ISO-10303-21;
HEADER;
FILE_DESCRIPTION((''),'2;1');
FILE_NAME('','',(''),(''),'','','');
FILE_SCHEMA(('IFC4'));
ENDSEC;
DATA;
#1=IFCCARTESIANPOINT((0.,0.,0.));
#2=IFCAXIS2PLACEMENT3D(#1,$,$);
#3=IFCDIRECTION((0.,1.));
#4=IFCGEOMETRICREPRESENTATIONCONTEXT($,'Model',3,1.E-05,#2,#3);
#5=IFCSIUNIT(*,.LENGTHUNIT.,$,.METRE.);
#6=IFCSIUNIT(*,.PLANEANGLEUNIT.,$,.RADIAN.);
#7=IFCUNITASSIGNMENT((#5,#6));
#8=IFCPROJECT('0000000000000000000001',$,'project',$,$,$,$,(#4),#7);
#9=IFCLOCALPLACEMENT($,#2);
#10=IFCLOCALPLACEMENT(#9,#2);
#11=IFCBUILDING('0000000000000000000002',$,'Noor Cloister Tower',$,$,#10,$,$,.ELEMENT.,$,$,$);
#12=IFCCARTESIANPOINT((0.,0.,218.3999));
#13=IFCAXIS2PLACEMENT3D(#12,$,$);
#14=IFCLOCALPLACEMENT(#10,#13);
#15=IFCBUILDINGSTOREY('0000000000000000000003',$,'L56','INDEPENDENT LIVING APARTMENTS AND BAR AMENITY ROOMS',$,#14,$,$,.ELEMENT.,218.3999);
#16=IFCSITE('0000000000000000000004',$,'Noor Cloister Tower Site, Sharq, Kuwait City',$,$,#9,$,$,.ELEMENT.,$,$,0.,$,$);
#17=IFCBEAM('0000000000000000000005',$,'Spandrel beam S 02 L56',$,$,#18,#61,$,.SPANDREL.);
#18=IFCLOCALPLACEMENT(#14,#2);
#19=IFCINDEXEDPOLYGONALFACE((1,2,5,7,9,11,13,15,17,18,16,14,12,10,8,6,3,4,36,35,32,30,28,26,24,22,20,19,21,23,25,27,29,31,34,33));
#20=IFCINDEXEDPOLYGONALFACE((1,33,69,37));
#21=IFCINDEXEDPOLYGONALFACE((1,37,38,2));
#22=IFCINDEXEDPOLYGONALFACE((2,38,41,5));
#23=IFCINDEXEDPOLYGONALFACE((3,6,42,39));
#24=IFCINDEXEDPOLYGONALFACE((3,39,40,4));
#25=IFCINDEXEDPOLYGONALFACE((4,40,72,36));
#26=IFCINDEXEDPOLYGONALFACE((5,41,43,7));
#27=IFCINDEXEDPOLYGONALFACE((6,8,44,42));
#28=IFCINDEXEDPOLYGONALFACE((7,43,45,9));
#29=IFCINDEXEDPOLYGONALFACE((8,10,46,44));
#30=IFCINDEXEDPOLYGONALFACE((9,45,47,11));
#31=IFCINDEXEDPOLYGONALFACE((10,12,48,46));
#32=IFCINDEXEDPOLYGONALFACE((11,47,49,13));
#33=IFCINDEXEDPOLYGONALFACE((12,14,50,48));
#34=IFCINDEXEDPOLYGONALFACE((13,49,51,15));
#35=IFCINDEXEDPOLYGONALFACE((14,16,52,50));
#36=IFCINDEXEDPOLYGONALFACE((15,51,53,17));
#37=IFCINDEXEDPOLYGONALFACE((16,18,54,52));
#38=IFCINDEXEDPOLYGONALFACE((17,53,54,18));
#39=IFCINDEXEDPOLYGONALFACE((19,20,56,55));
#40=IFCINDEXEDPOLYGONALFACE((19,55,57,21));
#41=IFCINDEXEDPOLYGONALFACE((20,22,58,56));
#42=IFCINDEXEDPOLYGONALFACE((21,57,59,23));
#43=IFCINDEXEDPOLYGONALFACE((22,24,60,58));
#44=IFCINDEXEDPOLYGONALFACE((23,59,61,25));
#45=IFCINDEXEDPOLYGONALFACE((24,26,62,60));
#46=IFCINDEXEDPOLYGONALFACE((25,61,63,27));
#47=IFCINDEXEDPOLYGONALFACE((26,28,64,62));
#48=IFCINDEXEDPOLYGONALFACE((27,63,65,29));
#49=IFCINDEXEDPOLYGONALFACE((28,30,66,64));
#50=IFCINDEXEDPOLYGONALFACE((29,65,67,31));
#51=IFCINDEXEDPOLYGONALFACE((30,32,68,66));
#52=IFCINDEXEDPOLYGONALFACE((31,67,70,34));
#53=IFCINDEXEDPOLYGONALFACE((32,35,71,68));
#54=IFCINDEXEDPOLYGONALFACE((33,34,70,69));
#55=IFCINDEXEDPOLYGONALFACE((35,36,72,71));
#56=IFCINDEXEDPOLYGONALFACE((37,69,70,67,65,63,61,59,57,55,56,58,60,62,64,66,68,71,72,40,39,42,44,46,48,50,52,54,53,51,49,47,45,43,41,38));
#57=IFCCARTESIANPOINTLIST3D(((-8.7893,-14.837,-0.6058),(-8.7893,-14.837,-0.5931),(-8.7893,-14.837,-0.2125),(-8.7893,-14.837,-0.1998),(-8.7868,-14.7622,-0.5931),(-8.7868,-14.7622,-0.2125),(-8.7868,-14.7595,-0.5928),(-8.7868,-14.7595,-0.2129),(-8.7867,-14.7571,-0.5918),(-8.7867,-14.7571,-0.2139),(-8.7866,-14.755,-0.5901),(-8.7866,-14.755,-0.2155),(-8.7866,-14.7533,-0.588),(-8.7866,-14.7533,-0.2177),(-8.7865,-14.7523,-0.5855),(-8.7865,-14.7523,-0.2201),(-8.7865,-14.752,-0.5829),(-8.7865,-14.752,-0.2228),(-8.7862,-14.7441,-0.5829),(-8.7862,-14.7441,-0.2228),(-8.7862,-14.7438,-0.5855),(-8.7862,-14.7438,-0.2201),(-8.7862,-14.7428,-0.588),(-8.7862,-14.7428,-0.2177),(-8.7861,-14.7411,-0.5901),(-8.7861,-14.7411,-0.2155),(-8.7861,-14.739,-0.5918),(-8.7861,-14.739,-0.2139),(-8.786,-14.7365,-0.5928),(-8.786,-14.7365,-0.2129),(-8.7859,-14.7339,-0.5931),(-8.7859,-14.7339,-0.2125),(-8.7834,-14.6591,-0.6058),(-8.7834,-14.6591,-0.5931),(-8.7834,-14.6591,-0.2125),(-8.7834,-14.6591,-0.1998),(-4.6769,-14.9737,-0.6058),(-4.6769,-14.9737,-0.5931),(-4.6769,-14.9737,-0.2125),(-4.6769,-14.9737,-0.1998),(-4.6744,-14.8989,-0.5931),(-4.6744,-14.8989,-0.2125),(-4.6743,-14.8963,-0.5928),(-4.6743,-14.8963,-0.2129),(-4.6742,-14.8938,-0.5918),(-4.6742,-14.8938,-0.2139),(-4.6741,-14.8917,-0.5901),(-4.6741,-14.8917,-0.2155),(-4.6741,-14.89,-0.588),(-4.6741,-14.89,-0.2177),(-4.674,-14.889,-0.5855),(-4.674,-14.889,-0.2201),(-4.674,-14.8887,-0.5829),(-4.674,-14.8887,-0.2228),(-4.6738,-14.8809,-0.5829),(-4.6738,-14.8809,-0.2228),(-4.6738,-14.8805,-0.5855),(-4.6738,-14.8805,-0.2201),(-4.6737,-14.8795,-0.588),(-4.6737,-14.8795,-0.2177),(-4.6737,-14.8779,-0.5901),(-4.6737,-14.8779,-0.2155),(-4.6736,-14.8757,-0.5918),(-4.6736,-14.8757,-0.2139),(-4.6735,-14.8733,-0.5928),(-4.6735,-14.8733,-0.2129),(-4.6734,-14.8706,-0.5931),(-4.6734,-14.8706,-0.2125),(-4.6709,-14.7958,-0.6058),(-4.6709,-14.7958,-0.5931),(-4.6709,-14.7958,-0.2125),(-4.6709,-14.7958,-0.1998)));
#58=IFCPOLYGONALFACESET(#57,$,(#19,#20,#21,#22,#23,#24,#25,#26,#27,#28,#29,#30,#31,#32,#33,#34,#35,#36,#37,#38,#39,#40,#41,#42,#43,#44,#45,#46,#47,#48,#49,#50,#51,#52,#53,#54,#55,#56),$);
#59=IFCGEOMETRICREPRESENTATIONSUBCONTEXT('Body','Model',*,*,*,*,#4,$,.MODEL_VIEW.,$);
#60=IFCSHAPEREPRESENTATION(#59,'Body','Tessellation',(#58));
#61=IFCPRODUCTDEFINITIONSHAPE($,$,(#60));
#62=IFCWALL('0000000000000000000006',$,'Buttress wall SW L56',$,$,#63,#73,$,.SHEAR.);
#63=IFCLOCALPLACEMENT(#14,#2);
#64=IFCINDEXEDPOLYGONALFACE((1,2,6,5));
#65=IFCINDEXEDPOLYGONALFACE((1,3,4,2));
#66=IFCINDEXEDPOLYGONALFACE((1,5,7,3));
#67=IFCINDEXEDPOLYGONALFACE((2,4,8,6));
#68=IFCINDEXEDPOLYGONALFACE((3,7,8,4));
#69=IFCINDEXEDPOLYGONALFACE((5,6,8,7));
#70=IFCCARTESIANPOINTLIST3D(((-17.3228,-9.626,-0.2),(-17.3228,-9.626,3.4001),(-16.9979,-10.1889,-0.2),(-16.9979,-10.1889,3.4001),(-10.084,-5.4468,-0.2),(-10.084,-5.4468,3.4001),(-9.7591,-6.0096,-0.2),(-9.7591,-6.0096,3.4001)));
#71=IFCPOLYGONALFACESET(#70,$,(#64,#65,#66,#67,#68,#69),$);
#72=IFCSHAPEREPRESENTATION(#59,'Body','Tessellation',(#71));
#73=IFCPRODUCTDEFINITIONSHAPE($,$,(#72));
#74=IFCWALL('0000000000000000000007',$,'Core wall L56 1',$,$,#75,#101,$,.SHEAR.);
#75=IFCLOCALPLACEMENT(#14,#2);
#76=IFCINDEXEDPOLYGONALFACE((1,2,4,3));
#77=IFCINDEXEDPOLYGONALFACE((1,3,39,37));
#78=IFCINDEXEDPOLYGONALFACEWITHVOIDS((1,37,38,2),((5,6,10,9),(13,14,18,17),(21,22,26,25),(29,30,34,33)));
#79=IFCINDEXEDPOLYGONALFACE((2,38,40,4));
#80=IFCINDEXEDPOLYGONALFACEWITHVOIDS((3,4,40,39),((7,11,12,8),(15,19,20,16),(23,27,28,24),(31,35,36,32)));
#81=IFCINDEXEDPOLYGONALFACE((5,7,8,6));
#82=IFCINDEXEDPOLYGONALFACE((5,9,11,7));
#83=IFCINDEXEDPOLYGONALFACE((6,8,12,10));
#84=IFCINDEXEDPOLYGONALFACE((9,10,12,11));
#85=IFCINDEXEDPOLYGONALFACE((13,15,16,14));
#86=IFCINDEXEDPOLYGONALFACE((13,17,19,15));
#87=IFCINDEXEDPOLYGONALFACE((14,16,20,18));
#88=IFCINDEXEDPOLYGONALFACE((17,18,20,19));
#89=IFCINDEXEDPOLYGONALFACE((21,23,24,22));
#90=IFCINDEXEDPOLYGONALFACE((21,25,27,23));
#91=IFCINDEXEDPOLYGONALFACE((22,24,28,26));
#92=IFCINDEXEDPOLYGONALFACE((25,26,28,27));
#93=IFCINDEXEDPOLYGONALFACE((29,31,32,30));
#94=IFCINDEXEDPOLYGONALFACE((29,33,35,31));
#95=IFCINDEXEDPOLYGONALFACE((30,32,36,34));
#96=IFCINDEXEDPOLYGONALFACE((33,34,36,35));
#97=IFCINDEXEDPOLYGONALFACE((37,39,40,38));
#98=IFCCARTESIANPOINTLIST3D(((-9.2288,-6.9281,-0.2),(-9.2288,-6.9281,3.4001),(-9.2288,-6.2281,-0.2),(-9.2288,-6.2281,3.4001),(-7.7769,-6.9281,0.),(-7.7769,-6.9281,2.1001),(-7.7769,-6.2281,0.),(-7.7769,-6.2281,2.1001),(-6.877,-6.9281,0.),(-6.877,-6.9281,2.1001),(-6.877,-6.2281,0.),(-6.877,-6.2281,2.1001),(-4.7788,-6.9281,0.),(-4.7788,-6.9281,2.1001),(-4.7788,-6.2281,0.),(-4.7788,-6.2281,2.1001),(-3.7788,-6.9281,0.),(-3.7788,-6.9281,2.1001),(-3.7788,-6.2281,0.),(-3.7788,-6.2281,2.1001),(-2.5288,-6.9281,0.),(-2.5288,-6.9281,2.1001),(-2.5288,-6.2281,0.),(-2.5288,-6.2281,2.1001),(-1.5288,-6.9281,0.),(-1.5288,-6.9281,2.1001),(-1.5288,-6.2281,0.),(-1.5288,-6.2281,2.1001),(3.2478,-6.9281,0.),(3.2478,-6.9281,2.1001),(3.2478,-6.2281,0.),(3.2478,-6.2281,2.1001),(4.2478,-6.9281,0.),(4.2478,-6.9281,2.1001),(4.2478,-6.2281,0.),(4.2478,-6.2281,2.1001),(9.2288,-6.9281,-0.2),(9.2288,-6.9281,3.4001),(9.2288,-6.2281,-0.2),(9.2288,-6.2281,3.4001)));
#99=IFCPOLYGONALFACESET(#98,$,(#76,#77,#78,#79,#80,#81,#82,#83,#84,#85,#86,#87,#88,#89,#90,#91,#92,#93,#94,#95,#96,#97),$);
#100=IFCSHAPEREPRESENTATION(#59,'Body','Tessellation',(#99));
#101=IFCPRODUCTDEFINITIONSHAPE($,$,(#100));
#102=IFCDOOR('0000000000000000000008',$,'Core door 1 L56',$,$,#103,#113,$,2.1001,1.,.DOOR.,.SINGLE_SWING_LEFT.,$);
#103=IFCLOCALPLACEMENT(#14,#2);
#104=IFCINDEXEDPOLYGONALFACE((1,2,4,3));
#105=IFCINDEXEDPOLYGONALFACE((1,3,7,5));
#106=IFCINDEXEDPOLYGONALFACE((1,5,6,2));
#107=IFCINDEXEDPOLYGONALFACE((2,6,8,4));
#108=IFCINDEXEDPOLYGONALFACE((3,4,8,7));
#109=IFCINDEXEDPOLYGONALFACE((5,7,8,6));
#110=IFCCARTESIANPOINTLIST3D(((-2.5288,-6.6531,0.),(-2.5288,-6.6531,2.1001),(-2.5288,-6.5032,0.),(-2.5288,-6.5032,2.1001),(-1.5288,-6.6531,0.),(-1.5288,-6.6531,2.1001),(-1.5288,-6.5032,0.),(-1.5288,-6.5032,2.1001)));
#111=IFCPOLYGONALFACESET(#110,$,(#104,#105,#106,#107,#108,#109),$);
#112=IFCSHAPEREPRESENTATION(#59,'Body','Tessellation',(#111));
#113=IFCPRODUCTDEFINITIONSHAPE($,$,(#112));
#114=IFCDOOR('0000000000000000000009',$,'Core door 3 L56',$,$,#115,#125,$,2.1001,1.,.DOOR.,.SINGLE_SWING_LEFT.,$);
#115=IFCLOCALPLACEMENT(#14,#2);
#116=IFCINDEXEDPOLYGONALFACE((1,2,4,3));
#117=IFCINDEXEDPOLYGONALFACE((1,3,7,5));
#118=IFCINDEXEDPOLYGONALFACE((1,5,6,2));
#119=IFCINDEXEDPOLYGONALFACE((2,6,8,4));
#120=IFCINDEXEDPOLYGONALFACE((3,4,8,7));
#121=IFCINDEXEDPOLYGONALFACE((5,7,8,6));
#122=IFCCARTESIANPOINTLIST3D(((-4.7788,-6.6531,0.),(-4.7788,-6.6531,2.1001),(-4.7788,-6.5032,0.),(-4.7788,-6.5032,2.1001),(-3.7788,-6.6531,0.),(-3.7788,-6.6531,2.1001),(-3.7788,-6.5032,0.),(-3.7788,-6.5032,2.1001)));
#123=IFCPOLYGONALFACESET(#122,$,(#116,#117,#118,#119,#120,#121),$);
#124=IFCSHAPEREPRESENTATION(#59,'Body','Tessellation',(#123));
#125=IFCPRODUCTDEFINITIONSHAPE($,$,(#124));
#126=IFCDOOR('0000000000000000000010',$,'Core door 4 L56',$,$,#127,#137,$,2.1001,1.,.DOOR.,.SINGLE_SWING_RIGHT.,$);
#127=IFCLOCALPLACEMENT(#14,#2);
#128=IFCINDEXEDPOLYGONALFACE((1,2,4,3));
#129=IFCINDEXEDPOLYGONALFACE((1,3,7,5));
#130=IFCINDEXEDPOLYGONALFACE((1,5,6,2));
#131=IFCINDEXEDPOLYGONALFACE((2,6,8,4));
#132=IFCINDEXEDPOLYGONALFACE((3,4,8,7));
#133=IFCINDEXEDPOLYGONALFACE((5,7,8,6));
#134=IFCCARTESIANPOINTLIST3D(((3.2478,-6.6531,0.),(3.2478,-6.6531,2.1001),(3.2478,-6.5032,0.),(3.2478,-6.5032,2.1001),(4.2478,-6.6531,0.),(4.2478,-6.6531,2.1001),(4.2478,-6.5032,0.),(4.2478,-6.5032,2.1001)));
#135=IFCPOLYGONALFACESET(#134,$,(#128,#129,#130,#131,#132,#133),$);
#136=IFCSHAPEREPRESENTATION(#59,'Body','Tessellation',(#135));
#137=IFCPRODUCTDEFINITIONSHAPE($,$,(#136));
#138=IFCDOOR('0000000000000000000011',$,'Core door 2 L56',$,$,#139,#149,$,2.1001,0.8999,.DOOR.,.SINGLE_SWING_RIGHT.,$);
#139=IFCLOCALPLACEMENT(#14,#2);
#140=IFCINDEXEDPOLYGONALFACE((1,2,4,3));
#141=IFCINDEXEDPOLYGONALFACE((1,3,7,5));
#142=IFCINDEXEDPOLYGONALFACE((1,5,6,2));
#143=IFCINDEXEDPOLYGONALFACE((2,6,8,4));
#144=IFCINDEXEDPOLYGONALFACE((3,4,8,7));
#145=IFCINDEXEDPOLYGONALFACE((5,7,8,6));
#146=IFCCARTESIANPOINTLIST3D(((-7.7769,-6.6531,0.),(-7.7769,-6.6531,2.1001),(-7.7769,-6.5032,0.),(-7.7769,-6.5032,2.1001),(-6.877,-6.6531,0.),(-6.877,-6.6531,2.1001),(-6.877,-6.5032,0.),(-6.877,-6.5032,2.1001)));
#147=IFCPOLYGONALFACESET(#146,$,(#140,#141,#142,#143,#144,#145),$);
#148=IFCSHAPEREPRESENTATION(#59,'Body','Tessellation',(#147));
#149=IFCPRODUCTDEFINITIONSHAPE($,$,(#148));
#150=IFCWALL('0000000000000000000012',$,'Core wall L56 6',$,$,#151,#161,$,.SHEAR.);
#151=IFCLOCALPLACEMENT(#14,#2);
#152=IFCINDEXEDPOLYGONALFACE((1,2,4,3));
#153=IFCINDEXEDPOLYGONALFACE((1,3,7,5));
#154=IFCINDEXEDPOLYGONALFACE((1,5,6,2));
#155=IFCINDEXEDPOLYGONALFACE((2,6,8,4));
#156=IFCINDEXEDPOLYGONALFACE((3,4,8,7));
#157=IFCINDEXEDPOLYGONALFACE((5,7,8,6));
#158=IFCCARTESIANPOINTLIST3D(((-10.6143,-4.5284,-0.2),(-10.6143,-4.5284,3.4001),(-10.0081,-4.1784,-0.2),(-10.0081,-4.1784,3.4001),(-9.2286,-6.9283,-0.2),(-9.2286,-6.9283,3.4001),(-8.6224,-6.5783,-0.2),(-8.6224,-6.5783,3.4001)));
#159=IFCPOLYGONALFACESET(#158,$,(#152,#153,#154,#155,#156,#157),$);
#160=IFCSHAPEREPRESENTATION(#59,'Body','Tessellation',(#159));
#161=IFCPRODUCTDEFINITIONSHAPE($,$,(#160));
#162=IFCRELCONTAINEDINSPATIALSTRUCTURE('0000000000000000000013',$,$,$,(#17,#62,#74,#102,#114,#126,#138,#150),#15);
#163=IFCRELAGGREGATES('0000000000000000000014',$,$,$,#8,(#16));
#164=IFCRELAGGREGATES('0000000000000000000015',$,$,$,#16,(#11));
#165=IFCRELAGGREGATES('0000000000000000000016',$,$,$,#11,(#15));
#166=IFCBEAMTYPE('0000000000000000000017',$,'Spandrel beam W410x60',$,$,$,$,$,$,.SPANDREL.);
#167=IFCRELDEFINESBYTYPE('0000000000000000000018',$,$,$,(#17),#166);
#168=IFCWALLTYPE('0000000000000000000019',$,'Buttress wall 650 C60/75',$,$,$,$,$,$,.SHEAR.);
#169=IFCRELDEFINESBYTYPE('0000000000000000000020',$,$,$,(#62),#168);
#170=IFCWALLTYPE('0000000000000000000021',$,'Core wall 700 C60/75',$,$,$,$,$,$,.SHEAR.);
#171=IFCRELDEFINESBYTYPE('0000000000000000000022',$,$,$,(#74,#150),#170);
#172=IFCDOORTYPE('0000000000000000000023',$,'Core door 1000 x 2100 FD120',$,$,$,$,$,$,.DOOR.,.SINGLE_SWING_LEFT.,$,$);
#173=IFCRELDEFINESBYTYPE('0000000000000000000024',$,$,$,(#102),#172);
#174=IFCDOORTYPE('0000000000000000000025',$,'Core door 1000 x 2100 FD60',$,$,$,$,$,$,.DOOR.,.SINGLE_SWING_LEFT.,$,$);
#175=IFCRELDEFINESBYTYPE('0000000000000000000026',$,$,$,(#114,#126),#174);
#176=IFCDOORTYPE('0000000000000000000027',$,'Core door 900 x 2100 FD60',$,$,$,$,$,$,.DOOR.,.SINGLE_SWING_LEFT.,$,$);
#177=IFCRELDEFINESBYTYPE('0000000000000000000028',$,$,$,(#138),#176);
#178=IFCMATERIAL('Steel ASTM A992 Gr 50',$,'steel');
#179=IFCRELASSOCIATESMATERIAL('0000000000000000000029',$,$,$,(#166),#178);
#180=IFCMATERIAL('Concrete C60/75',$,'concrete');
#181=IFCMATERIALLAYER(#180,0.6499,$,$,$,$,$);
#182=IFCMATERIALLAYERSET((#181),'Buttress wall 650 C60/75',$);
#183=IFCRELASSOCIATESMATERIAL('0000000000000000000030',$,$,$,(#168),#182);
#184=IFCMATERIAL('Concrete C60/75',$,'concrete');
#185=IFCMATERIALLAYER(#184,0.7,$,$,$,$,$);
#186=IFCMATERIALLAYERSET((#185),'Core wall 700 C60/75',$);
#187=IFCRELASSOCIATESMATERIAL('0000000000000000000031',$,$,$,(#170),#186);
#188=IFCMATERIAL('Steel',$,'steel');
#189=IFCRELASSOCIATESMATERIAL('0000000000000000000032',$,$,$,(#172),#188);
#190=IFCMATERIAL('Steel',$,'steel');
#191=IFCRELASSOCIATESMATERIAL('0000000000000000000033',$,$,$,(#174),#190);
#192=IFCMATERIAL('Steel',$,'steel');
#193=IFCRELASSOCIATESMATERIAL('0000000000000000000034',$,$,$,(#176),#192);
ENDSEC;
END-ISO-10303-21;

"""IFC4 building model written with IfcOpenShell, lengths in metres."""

from ifc_helpers import new_model, si_unit, direction, frame, frame_2d, origin, origin_2d, place, context, subcontext, project, spatial, rectangle, i_section, extrude, material, layer, layer_set, material_profile, profile_set, type_object, element, fill, save


model = new_model("IFC4")

# Units and contexts
model_context = context("Model", 3, precision=1e-05, world=origin(), true_north=direction((0.0, 1.0)))
body_context = subcontext(model_context, "Body", "Model", "MODEL_VIEW")
ifc_project = project(units=[si_unit("LENGTHUNIT", "METRE"), si_unit("PLANEANGLEUNIT", "RADIAN")], contexts=[model_context])

# Site, building, storey
site_placement = place(None, origin())
site = spatial("IfcSite", under=ifc_project, at=site_placement, Name="Noor Cloister Tower Site, Sharq, Kuwait City", CompositionType="ELEMENT", RefElevation=0.0)
building_placement = place(site_placement, origin())
building = spatial("IfcBuilding", under=site, at=building_placement, Name="Noor Cloister Tower", CompositionType="ELEMENT")
storey_placement = place(building_placement, frame((0.0, 0.0, 218.3999)))
storey = spatial("IfcBuildingStorey", under=building, at=storey_placement, Name="L56", Description="INDEPENDENT LIVING APARTMENTS AND BAR AMENITY ROOMS", CompositionType="ELEMENT", Elevation=218.3999)

# Beam
ifc_material_1 = material(Name="Steel ASTM A992 Gr 50", Category="steel")
ifc_material_profile_1 = material_profile(ifc_material_1, i_section(OverallWidth=0.178, OverallDepth=0.406, WebThickness=0.0078, FlangeThickness=0.0127, FilletRadius=0.0103, at=origin_2d()), Name="W410x60")
ifc_profile_set_1 = profile_set([ifc_material_profile_1], Name="Steel ASTM A992 Gr 50")
beam_type_1 = type_object("IfcBeamType", Name="Spandrel beam W410x60", PredefinedType="SPANDREL", material=ifc_profile_set_1)
for number, where, z_axis, x_axis, name in (
    (1, (-8.7864, -14.748, -0.4028), (0.999448, -0.033226, 0.0), (0.033226, 0.999448, 0.0), "Spandrel beam S 02 L56"),
):
    element("IfcBeam", number, at=place(storey_placement, frame(where, z_axis=z_axis, x_axis=x_axis)), inside=storey, type_object=beam_type_1, Name=name, PredefinedType="SPANDREL", context=body_context, shape_type="SweptSolid", body=[
        extrude(i_section(OverallWidth=0.178, OverallDepth=0.406, WebThickness=0.0078, FlangeThickness=0.0127, FilletRadius=0.0103, at=origin_2d()), origin(), (0.0, 0.0, 1.0), 4.1147),
    ])

# Wall
ifc_material_2 = material(Name="Concrete C60/75", Category="concrete")
ifc_layer_1 = layer(ifc_material_2, 0.6499)
ifc_layer_set_1 = layer_set([ifc_layer_1], Name="Buttress wall 650 C60/75")
wall_type_1 = type_object("IfcWallType", Name="Buttress wall 650 C60/75", PredefinedType="SHEAR", material=ifc_layer_set_1)
wall_1_placement = place(storey_placement, frame((-9.9216, -5.7283, -0.2), z_axis=(0.0, 0.0, 1.0), x_axis=(-0.866031, -0.49999, 0.0)))
element("IfcWall", 2, at=wall_1_placement, inside=storey, type_object=wall_type_1, Name="Buttress wall SW L56", PredefinedType="SHEAR", context=body_context, shape_type="SweptSolid", body=[
    extrude(rectangle(XDim=8.3586, YDim=0.6499, at=frame_2d((4.1792, 0.0))), origin(), (0.0, 0.0, 1.0), 3.6001),
])

# Wall, openings, doors
ifc_material_3 = material(Name="Concrete C60/75", Category="concrete")
ifc_layer_2 = layer(ifc_material_3, 0.7)
ifc_layer_set_2 = layer_set([ifc_layer_2], Name="Core wall 700 C60/75")
wall_type_2 = type_object("IfcWallType", Name="Core wall 700 C60/75", PredefinedType="SHEAR", material=ifc_layer_set_2)
wall_2_placement = place(storey_placement, frame((-9.2288, -6.5781, -0.2), z_axis=(0.0, 0.0, 1.0), x_axis=(1.0, 0.0, 0.0)))
wall_2 = element("IfcWall", 3, at=wall_2_placement, inside=storey, type_object=wall_type_2, Name="Core wall L56 1", PredefinedType="SHEAR", context=body_context, shape_type="SweptSolid", body=[
    extrude(rectangle(XDim=18.4575, YDim=0.7, at=frame_2d((9.2288, 0.0))), origin(), (0.0, 0.0, 1.0), 3.6001),
])
opening_1_placement = place(wall_2_placement, frame((6.7, 0.0, 0.2)))
opening_1 = element("IfcOpeningElement", 4, at=opening_1_placement, cuts=wall_2, PredefinedType="OPENING", context=body_context, shape_type="SweptSolid", body=[
    extrude(rectangle(XDim=1.0, YDim=2.1001, at=frame_2d((0.5, 1.05))), frame((0.0, 0.3599, 0.0), z_axis=(0.0, -1.0, 0.0), x_axis=(1.0, 0.0, 0.0)), (0.0, 0.0, 1.0), 0.72),
])
opening_2_placement = place(wall_2_placement, frame((1.4519, 0.0, 0.2)))
opening_2 = element("IfcOpeningElement", 5, at=opening_2_placement, cuts=wall_2, PredefinedType="OPENING", context=body_context, shape_type="SweptSolid", body=[
    extrude(rectangle(XDim=0.8999, YDim=2.1001, at=frame_2d((0.45, 1.05))), frame((0.0, 0.3599, 0.0), z_axis=(0.0, -1.0, 0.0), x_axis=(1.0, 0.0, 0.0)), (0.0, 0.0, 1.0), 0.72),
])
opening_3_placement = place(wall_2_placement, frame((4.45, 0.0, 0.2)))
opening_3 = element("IfcOpeningElement", 6, at=opening_3_placement, cuts=wall_2, PredefinedType="OPENING", context=body_context, shape_type="SweptSolid", body=[
    extrude(rectangle(XDim=1.0, YDim=2.1001, at=frame_2d((0.5, 1.05))), frame((0.0, 0.3599, 0.0), z_axis=(0.0, -1.0, 0.0), x_axis=(1.0, 0.0, 0.0)), (0.0, 0.0, 1.0), 0.72),
])
opening_4_placement = place(wall_2_placement, frame((12.4766, 0.0, 0.2)))
opening_4 = element("IfcOpeningElement", 7, at=opening_4_placement, cuts=wall_2, PredefinedType="OPENING", context=body_context, shape_type="SweptSolid", body=[
    extrude(rectangle(XDim=1.0, YDim=2.1001, at=frame_2d((0.5, 1.05))), frame((0.0, 0.3599, 0.0), z_axis=(0.0, -1.0, 0.0), x_axis=(1.0, 0.0, 0.0)), (0.0, 0.0, 1.0), 0.72),
])
ifc_material_4 = material(Name="Steel", Category="steel")
door_type_1 = type_object("IfcDoorType", Name="Core door 1000 x 2100 FD120", OperationType="SINGLE_SWING_LEFT", PredefinedType="DOOR", material=ifc_material_4)
door_1_placement = place(opening_1_placement, origin())
door_1 = element("IfcDoor", 8, at=door_1_placement, inside=storey, type_object=door_type_1, Name="Core door 1 L56", OperationType="SINGLE_SWING_LEFT", OverallHeight=2.1001, OverallWidth=1.0, PredefinedType="DOOR", context=body_context, shape_type="SweptSolid", body=[
    extrude(rectangle(XDim=1.0, YDim=2.1001, at=frame_2d((0.5, 1.05))), frame((0.0, 0.075, 0.0), z_axis=(0.0, -1.0, 0.0), x_axis=(1.0, 0.0, 0.0)), (0.0, 0.0, 1.0), 0.1499),
])
fill(opening_1, door_1)
ifc_material_5 = material(Name="Steel", Category="steel")
door_type_2 = type_object("IfcDoorType", Name="Core door 1000 x 2100 FD60", OperationType="SINGLE_SWING_LEFT", PredefinedType="DOOR", material=ifc_material_5)
door_2_placement = place(opening_3_placement, origin())
door_2 = element("IfcDoor", 9, at=door_2_placement, inside=storey, type_object=door_type_2, Name="Core door 3 L56", OperationType="SINGLE_SWING_LEFT", OverallHeight=2.1001, OverallWidth=1.0, PredefinedType="DOOR", context=body_context, shape_type="SweptSolid", body=[
    extrude(rectangle(XDim=1.0, YDim=2.1001, at=frame_2d((0.5, 1.05))), frame((0.0, 0.075, 0.0), z_axis=(0.0, -1.0, 0.0), x_axis=(1.0, 0.0, 0.0)), (0.0, 0.0, 1.0), 0.1499),
])
fill(opening_3, door_2)
door_3_placement = place(opening_4_placement, origin())
door_3 = element("IfcDoor", 10, at=door_3_placement, inside=storey, type_object=door_type_2, Name="Core door 4 L56", OperationType="SINGLE_SWING_RIGHT", OverallHeight=2.1001, OverallWidth=1.0, PredefinedType="DOOR", context=body_context, shape_type="SweptSolid", body=[
    extrude(rectangle(XDim=1.0, YDim=2.1001, at=frame_2d((0.5, 1.05))), frame((0.0, 0.075, 0.0), z_axis=(0.0, -1.0, 0.0), x_axis=(1.0, 0.0, 0.0)), (0.0, 0.0, 1.0), 0.1499),
])
fill(opening_4, door_3)
ifc_material_6 = material(Name="Steel", Category="steel")
door_type_3 = type_object("IfcDoorType", Name="Core door 900 x 2100 FD60", OperationType="SINGLE_SWING_LEFT", PredefinedType="DOOR", material=ifc_material_6)
door_4_placement = place(opening_2_placement, origin())
door_4 = element("IfcDoor", 11, at=door_4_placement, inside=storey, type_object=door_type_3, Name="Core door 2 L56", OperationType="SINGLE_SWING_RIGHT", OverallHeight=2.1001, OverallWidth=0.8999, PredefinedType="DOOR", context=body_context, shape_type="SweptSolid", body=[
    extrude(rectangle(XDim=0.8999, YDim=2.1001, at=frame_2d((0.45, 1.05))), frame((0.0, 0.075, 0.0), z_axis=(0.0, -1.0, 0.0), x_axis=(1.0, 0.0, 0.0)), (0.0, 0.0, 1.0), 0.1499),
])
fill(opening_2, door_4)

# Wall
wall_3_placement = place(storey_placement, frame((-10.3113, -4.3533, -0.2), z_axis=(0.0, 0.0, 1.0), x_axis=(0.500043, -0.866001, 0.0)))
element("IfcWall", 12, at=wall_3_placement, inside=storey, type_object=wall_type_2, Name="Core wall L56 6", PredefinedType="SHEAR", context=body_context, shape_type="SweptSolid", body=[
    extrude(rectangle(XDim=2.7712, YDim=0.7, at=frame_2d((1.3857, 0.0))), origin(), (0.0, 0.0, 1.0), 3.6001),
])

save(model, "model.ifc")
